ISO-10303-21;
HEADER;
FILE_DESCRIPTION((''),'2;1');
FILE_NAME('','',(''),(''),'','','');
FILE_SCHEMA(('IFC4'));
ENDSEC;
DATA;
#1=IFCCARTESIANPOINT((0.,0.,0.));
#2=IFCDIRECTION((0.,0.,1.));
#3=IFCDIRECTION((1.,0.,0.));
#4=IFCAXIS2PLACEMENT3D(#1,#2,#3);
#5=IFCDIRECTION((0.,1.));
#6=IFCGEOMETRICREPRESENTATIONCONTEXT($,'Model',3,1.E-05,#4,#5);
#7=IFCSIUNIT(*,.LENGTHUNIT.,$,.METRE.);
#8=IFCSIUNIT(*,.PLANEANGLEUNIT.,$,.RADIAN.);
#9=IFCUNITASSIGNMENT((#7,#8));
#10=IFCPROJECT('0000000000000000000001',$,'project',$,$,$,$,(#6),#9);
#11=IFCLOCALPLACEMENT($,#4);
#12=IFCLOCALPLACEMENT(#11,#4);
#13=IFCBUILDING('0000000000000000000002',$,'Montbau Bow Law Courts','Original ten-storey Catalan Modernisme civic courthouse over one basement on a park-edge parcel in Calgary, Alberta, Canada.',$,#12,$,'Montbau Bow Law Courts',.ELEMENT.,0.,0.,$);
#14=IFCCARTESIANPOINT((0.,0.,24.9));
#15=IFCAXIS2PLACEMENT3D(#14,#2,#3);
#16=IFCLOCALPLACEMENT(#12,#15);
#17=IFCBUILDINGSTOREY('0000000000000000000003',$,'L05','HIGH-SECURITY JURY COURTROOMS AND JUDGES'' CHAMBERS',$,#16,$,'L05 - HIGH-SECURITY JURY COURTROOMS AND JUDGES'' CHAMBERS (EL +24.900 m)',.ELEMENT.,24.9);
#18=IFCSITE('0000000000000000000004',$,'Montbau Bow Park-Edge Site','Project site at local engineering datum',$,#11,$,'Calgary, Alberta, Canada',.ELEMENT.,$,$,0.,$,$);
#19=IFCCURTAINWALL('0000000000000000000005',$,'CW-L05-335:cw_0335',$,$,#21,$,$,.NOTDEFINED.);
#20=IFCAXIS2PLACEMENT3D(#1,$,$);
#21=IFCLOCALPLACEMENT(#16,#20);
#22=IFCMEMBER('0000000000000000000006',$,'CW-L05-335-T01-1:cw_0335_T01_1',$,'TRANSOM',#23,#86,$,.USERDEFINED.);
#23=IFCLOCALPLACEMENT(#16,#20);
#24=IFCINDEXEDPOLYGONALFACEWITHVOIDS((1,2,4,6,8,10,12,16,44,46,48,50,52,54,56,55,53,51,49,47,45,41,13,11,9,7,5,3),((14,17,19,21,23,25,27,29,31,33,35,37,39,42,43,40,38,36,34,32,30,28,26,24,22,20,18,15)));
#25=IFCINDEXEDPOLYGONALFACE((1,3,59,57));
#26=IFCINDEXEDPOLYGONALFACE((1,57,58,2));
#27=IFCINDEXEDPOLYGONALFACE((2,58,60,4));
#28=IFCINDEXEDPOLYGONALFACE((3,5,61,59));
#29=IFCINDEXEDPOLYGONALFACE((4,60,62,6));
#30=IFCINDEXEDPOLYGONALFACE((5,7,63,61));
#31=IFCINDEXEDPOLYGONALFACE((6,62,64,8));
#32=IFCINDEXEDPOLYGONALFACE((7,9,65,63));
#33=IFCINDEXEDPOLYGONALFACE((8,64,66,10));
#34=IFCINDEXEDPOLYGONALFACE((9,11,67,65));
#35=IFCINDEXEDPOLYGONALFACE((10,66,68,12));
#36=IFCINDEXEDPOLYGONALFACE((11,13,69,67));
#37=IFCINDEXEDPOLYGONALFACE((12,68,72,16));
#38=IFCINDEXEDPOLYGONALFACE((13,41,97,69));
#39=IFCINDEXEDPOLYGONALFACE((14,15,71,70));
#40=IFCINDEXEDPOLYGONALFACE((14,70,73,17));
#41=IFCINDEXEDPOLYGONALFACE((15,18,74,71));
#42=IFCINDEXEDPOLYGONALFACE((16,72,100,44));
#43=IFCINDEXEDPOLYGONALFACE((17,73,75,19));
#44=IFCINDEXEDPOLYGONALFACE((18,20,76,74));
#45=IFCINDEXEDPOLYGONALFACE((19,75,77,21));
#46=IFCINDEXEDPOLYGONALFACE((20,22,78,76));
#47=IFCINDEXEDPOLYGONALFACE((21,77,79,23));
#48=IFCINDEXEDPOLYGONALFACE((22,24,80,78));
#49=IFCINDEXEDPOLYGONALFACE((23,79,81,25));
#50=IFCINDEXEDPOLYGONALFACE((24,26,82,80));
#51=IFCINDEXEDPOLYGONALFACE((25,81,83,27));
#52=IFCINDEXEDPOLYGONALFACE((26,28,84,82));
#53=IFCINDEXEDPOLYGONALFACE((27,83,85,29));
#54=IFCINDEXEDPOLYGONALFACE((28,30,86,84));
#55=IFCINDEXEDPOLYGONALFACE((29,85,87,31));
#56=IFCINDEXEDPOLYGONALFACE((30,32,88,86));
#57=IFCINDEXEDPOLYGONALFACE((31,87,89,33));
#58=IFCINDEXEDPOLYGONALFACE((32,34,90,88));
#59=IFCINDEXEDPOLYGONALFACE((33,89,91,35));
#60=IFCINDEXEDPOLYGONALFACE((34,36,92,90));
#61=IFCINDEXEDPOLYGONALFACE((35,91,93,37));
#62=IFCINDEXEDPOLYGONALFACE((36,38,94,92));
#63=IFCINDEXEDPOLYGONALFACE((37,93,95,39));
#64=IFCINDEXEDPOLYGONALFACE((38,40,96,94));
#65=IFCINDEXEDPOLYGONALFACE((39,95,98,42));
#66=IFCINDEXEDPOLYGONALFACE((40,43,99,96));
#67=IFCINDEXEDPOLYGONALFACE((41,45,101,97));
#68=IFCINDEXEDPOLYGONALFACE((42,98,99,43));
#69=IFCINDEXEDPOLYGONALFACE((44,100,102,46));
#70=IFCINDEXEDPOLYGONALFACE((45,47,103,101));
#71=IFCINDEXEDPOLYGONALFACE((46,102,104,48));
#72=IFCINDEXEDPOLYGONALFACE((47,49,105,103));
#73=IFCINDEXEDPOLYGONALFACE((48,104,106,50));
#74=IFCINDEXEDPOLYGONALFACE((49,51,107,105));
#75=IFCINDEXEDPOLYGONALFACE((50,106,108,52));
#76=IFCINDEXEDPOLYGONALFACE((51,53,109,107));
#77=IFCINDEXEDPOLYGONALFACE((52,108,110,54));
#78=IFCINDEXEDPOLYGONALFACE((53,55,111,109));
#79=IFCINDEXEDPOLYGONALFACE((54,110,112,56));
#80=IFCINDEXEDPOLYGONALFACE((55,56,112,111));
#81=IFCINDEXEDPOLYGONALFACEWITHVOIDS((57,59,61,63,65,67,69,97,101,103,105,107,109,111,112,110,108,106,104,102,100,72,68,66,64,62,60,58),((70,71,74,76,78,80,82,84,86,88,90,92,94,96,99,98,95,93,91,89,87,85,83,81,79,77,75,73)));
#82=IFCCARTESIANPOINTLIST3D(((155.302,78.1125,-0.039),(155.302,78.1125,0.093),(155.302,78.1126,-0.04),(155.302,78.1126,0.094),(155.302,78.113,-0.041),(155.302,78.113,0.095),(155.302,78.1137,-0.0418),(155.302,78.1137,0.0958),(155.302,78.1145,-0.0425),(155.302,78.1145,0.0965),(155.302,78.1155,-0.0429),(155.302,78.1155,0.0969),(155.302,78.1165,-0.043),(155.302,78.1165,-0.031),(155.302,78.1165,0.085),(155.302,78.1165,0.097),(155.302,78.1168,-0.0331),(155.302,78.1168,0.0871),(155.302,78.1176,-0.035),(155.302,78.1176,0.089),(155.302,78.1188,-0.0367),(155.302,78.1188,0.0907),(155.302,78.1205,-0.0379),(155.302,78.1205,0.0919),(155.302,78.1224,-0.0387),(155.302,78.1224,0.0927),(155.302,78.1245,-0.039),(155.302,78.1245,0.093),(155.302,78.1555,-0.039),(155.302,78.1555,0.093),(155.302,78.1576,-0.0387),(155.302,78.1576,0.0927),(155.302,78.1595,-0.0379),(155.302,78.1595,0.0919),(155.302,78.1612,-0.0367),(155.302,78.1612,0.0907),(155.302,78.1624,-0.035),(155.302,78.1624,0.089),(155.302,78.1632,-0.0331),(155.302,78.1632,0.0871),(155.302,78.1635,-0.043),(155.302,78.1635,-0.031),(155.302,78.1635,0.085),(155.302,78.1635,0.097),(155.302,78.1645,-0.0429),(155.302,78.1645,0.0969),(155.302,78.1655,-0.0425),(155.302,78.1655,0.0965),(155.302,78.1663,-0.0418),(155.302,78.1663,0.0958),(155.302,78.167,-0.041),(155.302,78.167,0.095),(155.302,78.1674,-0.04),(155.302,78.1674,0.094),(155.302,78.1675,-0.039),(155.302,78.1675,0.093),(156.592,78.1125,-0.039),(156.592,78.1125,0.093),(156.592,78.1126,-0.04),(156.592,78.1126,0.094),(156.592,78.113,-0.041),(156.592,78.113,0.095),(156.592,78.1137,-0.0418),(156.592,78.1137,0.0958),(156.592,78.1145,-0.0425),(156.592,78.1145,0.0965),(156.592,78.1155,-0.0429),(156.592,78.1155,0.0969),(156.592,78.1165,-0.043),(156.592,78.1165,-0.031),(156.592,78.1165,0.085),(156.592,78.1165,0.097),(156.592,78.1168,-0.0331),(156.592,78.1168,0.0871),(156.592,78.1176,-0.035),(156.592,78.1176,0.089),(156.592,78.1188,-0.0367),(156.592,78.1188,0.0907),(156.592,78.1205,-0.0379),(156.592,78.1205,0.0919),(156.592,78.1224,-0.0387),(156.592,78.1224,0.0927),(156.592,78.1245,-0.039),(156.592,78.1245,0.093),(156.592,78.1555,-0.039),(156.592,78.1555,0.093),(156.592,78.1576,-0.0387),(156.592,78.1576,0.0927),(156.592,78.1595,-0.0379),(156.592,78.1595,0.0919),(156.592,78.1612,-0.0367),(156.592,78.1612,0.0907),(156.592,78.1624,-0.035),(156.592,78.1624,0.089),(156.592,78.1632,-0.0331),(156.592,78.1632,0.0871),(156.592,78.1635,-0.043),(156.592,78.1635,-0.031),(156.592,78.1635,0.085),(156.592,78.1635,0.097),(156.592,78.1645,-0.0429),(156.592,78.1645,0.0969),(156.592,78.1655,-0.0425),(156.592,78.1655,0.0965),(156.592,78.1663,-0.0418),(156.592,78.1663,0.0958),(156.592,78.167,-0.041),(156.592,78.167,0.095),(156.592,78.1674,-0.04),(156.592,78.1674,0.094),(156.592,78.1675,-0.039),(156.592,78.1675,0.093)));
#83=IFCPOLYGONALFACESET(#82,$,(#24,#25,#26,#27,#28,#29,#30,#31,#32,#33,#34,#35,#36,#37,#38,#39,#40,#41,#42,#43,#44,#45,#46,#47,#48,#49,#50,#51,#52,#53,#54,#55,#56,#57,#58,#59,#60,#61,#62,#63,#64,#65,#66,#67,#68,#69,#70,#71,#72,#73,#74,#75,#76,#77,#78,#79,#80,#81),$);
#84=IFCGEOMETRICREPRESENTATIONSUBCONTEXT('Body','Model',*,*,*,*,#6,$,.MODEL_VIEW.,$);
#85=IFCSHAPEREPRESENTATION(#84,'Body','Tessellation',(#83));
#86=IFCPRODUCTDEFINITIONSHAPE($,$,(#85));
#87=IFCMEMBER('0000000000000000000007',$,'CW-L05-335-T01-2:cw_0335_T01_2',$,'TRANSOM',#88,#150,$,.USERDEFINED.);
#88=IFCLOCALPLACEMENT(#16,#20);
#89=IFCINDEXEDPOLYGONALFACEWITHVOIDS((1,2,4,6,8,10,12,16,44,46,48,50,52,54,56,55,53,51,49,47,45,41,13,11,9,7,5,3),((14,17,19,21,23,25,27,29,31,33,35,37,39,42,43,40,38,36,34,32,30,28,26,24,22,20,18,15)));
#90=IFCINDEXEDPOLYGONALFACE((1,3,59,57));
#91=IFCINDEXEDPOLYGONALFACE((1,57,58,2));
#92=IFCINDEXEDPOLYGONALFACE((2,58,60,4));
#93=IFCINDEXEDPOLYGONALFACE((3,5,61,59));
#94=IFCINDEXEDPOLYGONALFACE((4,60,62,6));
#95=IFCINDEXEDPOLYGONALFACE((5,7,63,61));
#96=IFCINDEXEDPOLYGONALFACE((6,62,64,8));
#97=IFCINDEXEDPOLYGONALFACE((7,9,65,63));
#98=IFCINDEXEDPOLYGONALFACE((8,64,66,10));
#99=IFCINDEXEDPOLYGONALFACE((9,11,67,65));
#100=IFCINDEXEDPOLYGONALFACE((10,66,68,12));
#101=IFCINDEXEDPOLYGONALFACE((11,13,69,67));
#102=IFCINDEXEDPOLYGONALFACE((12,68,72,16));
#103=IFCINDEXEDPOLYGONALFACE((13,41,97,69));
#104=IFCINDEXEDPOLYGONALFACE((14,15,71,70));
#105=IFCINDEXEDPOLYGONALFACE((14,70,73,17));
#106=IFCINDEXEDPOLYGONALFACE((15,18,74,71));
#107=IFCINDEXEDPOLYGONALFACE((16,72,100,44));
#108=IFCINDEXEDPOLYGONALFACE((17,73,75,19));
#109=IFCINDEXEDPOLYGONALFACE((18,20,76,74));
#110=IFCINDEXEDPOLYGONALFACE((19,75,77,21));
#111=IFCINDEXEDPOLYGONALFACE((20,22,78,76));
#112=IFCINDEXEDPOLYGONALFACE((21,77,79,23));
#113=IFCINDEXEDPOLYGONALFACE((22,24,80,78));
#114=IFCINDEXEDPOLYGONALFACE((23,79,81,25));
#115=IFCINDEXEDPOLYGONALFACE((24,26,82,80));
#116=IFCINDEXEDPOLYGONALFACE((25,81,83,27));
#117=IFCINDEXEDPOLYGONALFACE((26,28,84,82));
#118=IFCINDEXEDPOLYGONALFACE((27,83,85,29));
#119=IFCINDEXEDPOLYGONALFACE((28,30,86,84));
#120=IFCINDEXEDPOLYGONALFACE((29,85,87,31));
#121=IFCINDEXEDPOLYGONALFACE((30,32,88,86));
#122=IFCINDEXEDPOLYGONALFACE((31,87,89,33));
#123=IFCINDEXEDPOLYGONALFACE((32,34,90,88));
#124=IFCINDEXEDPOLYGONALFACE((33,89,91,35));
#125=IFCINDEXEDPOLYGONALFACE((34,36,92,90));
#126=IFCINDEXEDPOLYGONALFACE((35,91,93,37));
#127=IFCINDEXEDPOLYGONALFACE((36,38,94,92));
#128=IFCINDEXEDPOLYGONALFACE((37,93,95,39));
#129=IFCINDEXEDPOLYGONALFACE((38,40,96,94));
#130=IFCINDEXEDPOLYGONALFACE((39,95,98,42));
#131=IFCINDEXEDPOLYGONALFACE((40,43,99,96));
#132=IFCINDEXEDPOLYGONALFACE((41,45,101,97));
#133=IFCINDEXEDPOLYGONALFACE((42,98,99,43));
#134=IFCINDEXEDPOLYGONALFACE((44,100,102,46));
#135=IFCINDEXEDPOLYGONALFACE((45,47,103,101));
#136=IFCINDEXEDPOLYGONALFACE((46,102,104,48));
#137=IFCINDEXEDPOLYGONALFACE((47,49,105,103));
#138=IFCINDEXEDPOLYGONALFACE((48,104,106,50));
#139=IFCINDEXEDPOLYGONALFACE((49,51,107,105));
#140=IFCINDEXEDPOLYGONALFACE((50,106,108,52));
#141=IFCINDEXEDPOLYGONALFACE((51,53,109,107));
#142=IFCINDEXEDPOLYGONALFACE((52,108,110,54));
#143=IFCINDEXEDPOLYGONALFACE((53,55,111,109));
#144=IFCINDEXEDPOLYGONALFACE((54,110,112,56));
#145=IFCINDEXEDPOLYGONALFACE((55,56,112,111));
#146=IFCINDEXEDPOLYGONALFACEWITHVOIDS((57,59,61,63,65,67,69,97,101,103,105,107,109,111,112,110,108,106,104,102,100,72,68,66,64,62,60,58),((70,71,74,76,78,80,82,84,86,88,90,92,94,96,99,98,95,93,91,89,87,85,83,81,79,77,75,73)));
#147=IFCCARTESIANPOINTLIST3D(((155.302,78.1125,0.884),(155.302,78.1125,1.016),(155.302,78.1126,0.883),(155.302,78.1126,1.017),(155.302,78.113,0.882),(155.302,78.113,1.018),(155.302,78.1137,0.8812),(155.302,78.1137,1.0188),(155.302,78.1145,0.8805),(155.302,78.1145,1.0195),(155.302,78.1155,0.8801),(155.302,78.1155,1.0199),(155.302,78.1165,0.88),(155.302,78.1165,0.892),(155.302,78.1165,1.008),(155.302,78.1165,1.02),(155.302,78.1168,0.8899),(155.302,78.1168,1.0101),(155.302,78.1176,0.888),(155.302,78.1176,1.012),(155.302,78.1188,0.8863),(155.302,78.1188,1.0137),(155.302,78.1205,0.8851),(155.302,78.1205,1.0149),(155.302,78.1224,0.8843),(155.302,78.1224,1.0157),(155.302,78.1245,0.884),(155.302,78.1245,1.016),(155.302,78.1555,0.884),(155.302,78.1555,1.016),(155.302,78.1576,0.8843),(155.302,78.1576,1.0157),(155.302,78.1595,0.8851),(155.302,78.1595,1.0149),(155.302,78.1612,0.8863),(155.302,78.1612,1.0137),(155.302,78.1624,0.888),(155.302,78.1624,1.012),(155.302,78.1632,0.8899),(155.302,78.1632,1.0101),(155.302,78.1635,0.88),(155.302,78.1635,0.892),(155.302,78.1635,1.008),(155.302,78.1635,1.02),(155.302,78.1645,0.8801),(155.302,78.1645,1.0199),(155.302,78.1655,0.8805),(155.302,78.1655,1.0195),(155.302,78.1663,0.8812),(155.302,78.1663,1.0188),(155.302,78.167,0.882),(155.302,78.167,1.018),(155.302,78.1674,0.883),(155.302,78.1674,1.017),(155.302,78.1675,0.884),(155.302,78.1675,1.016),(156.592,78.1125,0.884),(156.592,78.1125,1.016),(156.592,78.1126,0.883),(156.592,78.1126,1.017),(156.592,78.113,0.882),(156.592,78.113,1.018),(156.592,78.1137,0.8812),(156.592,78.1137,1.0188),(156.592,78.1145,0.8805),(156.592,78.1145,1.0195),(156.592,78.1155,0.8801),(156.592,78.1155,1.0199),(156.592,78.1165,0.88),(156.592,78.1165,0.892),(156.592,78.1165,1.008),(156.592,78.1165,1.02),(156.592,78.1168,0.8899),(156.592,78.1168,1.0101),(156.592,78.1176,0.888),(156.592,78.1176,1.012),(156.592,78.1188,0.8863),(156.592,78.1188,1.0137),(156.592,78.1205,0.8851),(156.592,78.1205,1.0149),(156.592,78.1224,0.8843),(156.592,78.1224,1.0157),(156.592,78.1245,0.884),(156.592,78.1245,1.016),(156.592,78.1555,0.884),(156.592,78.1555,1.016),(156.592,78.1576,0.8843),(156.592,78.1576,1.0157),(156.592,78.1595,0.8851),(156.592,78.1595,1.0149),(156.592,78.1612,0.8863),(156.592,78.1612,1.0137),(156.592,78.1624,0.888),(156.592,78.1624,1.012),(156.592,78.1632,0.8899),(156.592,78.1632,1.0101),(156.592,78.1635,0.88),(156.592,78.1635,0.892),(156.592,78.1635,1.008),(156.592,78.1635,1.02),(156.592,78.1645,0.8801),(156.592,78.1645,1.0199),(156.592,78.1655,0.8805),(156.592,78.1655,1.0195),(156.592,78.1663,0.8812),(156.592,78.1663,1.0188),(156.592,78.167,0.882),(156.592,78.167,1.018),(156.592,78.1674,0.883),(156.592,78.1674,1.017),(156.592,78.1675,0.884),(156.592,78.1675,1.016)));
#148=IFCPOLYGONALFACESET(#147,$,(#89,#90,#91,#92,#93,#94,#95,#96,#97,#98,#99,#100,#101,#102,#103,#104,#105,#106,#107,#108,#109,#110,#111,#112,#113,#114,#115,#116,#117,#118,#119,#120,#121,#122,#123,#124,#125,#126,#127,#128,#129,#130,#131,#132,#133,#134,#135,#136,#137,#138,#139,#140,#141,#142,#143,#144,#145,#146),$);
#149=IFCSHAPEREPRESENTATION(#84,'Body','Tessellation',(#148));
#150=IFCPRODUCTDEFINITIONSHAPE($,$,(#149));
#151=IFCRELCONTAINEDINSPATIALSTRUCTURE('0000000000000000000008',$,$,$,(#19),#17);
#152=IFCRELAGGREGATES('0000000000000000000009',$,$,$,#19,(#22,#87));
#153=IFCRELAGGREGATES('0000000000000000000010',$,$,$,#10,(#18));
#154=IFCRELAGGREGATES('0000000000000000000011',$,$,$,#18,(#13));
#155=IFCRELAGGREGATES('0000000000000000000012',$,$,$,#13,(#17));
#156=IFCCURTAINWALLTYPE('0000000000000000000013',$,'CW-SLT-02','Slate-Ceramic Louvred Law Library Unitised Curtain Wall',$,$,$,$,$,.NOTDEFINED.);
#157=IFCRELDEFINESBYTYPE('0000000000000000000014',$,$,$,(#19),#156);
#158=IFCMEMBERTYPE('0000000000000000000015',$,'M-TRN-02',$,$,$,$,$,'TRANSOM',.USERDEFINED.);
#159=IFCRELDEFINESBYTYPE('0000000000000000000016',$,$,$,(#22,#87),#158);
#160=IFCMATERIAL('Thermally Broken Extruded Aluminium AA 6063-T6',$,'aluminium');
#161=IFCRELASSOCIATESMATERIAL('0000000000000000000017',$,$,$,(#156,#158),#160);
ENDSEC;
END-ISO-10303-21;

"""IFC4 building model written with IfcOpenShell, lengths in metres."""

from ifc_helpers import new_model, si_unit, direction, frame, origin_with_axes, origin_2d_with_axis, place, context, subcontext, project, spatial, hollow_rectangle, extrude, material, material_profile, profile_set, type_object, element, aggregate, save


model = new_model("IFC4")

# Units and contexts
model_context = context("Model", 3, precision=1e-05, world=origin_with_axes(), true_north=direction((0.0, 1.0)))
body_context = subcontext(model_context, "Body", "Model", "MODEL_VIEW")
ifc_project = project(units=[si_unit("LENGTHUNIT", "METRE"), si_unit("PLANEANGLEUNIT", "RADIAN")], contexts=[model_context])

# Site, building, storey
site_placement = place(None, origin_with_axes())
site = spatial("IfcSite", under=ifc_project, at=site_placement, Name="Montbau Bow Park-Edge Site", Description="Project site at local engineering datum", LongName="Calgary, Alberta, Canada", CompositionType="ELEMENT", RefElevation=0.0)
building_placement = place(site_placement, origin_with_axes())
building = spatial("IfcBuilding", under=site, at=building_placement, Name="Montbau Bow Law Courts", Description="Original ten-storey Catalan Modernisme civic courthouse over one basement on a park-edge parcel in Calgary, Alberta, Canada.", LongName="Montbau Bow Law Courts", CompositionType="ELEMENT", ElevationOfRefHeight=0.0, ElevationOfTerrain=0.0)
storey_placement = place(building_placement, frame((0.0, 0.0, 24.9), z_axis=(0.0, 0.0, 1.0), x_axis=(1.0, 0.0, 0.0)))
storey = spatial("IfcBuildingStorey", under=building, at=storey_placement, Name="L05", Description="HIGH-SECURITY JURY COURTROOMS AND JUDGES' CHAMBERS", LongName="L05 - HIGH-SECURITY JURY COURTROOMS AND JUDGES' CHAMBERS (EL +24.900 m)", CompositionType="ELEMENT", Elevation=24.9)

# Curtain wall, members
ifc_material_1 = material(Name="Thermally Broken Extruded Aluminium AA 6063-T6", Category="aluminium")
curtain_wall_type = type_object("IfcCurtainWallType", Name="CW-SLT-02", Description="Slate-Ceramic Louvred Law Library Unitised Curtain Wall", PredefinedType="NOTDEFINED", material=ifc_material_1)
curtain_wall_placement = place(None, frame((155.24, 78.14, 24.9), z_axis=(0.0, 0.0, 1.0), x_axis=(1.0, 0.0, 0.0)))
curtain_wall = element("IfcCurtainWall", 1, at=curtain_wall_placement, inside=storey, type_object=curtain_wall_type, Name="CW-L05-335:cw_0335", PredefinedType="NOTDEFINED")
ifc_material_profile_1 = material_profile(ifc_material_1, hollow_rectangle(XDim=0.055, YDim=0.14, WallThickness=0.004, InnerFilletRadius=0.008, OuterFilletRadius=0.004, at=origin_2d_with_axis()), Name="CWT-140X55", Category="Main", Priority=0)
ifc_profile_set_1 = profile_set([ifc_material_profile_1], Name="Thermally Broken Extruded Aluminium AA 6063-T6")
member_type_1 = type_object("IfcMemberType", Name="M-TRN-02", ElementType="TRANSOM", PredefinedType="USERDEFINED", material=ifc_profile_set_1)
member_1_placement = place(None, frame((155.302, 78.14, 24.927), z_axis=(1.0, 0.0, 0.0), x_axis=(0.0, 1.0, 0.0)))
member_1 = element("IfcMember", 2, at=member_1_placement, type_object=member_type_1, Name="CW-L05-335-T01-1:cw_0335_T01_1", ObjectType="TRANSOM", PredefinedType="USERDEFINED", context=body_context, shape_type="SweptSolid", body=[
    extrude(hollow_rectangle(XDim=0.055, YDim=0.14, WallThickness=0.004, InnerFilletRadius=0.008, OuterFilletRadius=0.004, at=origin_2d_with_axis()), origin_with_axes(), (0.0, 0.0, 1.0), 1.29),
])
member_2_placement = place(None, frame((155.302, 78.14, 25.85), z_axis=(1.0, 0.0, 0.0), x_axis=(0.0, 1.0, 0.0)))
member_2 = element("IfcMember", 3, at=member_2_placement, type_object=member_type_1, Name="CW-L05-335-T01-2:cw_0335_T01_2", ObjectType="TRANSOM", PredefinedType="USERDEFINED", context=body_context, shape_type="SweptSolid", body=[
    extrude(hollow_rectangle(XDim=0.055, YDim=0.14, WallThickness=0.004, InnerFilletRadius=0.008, OuterFilletRadius=0.004, at=origin_2d_with_axis()), origin_with_axes(), (0.0, 0.0, 1.0), 1.29),
])
aggregate(curtain_wall, [member_1, member_2])

save(model, "model.ifc")
